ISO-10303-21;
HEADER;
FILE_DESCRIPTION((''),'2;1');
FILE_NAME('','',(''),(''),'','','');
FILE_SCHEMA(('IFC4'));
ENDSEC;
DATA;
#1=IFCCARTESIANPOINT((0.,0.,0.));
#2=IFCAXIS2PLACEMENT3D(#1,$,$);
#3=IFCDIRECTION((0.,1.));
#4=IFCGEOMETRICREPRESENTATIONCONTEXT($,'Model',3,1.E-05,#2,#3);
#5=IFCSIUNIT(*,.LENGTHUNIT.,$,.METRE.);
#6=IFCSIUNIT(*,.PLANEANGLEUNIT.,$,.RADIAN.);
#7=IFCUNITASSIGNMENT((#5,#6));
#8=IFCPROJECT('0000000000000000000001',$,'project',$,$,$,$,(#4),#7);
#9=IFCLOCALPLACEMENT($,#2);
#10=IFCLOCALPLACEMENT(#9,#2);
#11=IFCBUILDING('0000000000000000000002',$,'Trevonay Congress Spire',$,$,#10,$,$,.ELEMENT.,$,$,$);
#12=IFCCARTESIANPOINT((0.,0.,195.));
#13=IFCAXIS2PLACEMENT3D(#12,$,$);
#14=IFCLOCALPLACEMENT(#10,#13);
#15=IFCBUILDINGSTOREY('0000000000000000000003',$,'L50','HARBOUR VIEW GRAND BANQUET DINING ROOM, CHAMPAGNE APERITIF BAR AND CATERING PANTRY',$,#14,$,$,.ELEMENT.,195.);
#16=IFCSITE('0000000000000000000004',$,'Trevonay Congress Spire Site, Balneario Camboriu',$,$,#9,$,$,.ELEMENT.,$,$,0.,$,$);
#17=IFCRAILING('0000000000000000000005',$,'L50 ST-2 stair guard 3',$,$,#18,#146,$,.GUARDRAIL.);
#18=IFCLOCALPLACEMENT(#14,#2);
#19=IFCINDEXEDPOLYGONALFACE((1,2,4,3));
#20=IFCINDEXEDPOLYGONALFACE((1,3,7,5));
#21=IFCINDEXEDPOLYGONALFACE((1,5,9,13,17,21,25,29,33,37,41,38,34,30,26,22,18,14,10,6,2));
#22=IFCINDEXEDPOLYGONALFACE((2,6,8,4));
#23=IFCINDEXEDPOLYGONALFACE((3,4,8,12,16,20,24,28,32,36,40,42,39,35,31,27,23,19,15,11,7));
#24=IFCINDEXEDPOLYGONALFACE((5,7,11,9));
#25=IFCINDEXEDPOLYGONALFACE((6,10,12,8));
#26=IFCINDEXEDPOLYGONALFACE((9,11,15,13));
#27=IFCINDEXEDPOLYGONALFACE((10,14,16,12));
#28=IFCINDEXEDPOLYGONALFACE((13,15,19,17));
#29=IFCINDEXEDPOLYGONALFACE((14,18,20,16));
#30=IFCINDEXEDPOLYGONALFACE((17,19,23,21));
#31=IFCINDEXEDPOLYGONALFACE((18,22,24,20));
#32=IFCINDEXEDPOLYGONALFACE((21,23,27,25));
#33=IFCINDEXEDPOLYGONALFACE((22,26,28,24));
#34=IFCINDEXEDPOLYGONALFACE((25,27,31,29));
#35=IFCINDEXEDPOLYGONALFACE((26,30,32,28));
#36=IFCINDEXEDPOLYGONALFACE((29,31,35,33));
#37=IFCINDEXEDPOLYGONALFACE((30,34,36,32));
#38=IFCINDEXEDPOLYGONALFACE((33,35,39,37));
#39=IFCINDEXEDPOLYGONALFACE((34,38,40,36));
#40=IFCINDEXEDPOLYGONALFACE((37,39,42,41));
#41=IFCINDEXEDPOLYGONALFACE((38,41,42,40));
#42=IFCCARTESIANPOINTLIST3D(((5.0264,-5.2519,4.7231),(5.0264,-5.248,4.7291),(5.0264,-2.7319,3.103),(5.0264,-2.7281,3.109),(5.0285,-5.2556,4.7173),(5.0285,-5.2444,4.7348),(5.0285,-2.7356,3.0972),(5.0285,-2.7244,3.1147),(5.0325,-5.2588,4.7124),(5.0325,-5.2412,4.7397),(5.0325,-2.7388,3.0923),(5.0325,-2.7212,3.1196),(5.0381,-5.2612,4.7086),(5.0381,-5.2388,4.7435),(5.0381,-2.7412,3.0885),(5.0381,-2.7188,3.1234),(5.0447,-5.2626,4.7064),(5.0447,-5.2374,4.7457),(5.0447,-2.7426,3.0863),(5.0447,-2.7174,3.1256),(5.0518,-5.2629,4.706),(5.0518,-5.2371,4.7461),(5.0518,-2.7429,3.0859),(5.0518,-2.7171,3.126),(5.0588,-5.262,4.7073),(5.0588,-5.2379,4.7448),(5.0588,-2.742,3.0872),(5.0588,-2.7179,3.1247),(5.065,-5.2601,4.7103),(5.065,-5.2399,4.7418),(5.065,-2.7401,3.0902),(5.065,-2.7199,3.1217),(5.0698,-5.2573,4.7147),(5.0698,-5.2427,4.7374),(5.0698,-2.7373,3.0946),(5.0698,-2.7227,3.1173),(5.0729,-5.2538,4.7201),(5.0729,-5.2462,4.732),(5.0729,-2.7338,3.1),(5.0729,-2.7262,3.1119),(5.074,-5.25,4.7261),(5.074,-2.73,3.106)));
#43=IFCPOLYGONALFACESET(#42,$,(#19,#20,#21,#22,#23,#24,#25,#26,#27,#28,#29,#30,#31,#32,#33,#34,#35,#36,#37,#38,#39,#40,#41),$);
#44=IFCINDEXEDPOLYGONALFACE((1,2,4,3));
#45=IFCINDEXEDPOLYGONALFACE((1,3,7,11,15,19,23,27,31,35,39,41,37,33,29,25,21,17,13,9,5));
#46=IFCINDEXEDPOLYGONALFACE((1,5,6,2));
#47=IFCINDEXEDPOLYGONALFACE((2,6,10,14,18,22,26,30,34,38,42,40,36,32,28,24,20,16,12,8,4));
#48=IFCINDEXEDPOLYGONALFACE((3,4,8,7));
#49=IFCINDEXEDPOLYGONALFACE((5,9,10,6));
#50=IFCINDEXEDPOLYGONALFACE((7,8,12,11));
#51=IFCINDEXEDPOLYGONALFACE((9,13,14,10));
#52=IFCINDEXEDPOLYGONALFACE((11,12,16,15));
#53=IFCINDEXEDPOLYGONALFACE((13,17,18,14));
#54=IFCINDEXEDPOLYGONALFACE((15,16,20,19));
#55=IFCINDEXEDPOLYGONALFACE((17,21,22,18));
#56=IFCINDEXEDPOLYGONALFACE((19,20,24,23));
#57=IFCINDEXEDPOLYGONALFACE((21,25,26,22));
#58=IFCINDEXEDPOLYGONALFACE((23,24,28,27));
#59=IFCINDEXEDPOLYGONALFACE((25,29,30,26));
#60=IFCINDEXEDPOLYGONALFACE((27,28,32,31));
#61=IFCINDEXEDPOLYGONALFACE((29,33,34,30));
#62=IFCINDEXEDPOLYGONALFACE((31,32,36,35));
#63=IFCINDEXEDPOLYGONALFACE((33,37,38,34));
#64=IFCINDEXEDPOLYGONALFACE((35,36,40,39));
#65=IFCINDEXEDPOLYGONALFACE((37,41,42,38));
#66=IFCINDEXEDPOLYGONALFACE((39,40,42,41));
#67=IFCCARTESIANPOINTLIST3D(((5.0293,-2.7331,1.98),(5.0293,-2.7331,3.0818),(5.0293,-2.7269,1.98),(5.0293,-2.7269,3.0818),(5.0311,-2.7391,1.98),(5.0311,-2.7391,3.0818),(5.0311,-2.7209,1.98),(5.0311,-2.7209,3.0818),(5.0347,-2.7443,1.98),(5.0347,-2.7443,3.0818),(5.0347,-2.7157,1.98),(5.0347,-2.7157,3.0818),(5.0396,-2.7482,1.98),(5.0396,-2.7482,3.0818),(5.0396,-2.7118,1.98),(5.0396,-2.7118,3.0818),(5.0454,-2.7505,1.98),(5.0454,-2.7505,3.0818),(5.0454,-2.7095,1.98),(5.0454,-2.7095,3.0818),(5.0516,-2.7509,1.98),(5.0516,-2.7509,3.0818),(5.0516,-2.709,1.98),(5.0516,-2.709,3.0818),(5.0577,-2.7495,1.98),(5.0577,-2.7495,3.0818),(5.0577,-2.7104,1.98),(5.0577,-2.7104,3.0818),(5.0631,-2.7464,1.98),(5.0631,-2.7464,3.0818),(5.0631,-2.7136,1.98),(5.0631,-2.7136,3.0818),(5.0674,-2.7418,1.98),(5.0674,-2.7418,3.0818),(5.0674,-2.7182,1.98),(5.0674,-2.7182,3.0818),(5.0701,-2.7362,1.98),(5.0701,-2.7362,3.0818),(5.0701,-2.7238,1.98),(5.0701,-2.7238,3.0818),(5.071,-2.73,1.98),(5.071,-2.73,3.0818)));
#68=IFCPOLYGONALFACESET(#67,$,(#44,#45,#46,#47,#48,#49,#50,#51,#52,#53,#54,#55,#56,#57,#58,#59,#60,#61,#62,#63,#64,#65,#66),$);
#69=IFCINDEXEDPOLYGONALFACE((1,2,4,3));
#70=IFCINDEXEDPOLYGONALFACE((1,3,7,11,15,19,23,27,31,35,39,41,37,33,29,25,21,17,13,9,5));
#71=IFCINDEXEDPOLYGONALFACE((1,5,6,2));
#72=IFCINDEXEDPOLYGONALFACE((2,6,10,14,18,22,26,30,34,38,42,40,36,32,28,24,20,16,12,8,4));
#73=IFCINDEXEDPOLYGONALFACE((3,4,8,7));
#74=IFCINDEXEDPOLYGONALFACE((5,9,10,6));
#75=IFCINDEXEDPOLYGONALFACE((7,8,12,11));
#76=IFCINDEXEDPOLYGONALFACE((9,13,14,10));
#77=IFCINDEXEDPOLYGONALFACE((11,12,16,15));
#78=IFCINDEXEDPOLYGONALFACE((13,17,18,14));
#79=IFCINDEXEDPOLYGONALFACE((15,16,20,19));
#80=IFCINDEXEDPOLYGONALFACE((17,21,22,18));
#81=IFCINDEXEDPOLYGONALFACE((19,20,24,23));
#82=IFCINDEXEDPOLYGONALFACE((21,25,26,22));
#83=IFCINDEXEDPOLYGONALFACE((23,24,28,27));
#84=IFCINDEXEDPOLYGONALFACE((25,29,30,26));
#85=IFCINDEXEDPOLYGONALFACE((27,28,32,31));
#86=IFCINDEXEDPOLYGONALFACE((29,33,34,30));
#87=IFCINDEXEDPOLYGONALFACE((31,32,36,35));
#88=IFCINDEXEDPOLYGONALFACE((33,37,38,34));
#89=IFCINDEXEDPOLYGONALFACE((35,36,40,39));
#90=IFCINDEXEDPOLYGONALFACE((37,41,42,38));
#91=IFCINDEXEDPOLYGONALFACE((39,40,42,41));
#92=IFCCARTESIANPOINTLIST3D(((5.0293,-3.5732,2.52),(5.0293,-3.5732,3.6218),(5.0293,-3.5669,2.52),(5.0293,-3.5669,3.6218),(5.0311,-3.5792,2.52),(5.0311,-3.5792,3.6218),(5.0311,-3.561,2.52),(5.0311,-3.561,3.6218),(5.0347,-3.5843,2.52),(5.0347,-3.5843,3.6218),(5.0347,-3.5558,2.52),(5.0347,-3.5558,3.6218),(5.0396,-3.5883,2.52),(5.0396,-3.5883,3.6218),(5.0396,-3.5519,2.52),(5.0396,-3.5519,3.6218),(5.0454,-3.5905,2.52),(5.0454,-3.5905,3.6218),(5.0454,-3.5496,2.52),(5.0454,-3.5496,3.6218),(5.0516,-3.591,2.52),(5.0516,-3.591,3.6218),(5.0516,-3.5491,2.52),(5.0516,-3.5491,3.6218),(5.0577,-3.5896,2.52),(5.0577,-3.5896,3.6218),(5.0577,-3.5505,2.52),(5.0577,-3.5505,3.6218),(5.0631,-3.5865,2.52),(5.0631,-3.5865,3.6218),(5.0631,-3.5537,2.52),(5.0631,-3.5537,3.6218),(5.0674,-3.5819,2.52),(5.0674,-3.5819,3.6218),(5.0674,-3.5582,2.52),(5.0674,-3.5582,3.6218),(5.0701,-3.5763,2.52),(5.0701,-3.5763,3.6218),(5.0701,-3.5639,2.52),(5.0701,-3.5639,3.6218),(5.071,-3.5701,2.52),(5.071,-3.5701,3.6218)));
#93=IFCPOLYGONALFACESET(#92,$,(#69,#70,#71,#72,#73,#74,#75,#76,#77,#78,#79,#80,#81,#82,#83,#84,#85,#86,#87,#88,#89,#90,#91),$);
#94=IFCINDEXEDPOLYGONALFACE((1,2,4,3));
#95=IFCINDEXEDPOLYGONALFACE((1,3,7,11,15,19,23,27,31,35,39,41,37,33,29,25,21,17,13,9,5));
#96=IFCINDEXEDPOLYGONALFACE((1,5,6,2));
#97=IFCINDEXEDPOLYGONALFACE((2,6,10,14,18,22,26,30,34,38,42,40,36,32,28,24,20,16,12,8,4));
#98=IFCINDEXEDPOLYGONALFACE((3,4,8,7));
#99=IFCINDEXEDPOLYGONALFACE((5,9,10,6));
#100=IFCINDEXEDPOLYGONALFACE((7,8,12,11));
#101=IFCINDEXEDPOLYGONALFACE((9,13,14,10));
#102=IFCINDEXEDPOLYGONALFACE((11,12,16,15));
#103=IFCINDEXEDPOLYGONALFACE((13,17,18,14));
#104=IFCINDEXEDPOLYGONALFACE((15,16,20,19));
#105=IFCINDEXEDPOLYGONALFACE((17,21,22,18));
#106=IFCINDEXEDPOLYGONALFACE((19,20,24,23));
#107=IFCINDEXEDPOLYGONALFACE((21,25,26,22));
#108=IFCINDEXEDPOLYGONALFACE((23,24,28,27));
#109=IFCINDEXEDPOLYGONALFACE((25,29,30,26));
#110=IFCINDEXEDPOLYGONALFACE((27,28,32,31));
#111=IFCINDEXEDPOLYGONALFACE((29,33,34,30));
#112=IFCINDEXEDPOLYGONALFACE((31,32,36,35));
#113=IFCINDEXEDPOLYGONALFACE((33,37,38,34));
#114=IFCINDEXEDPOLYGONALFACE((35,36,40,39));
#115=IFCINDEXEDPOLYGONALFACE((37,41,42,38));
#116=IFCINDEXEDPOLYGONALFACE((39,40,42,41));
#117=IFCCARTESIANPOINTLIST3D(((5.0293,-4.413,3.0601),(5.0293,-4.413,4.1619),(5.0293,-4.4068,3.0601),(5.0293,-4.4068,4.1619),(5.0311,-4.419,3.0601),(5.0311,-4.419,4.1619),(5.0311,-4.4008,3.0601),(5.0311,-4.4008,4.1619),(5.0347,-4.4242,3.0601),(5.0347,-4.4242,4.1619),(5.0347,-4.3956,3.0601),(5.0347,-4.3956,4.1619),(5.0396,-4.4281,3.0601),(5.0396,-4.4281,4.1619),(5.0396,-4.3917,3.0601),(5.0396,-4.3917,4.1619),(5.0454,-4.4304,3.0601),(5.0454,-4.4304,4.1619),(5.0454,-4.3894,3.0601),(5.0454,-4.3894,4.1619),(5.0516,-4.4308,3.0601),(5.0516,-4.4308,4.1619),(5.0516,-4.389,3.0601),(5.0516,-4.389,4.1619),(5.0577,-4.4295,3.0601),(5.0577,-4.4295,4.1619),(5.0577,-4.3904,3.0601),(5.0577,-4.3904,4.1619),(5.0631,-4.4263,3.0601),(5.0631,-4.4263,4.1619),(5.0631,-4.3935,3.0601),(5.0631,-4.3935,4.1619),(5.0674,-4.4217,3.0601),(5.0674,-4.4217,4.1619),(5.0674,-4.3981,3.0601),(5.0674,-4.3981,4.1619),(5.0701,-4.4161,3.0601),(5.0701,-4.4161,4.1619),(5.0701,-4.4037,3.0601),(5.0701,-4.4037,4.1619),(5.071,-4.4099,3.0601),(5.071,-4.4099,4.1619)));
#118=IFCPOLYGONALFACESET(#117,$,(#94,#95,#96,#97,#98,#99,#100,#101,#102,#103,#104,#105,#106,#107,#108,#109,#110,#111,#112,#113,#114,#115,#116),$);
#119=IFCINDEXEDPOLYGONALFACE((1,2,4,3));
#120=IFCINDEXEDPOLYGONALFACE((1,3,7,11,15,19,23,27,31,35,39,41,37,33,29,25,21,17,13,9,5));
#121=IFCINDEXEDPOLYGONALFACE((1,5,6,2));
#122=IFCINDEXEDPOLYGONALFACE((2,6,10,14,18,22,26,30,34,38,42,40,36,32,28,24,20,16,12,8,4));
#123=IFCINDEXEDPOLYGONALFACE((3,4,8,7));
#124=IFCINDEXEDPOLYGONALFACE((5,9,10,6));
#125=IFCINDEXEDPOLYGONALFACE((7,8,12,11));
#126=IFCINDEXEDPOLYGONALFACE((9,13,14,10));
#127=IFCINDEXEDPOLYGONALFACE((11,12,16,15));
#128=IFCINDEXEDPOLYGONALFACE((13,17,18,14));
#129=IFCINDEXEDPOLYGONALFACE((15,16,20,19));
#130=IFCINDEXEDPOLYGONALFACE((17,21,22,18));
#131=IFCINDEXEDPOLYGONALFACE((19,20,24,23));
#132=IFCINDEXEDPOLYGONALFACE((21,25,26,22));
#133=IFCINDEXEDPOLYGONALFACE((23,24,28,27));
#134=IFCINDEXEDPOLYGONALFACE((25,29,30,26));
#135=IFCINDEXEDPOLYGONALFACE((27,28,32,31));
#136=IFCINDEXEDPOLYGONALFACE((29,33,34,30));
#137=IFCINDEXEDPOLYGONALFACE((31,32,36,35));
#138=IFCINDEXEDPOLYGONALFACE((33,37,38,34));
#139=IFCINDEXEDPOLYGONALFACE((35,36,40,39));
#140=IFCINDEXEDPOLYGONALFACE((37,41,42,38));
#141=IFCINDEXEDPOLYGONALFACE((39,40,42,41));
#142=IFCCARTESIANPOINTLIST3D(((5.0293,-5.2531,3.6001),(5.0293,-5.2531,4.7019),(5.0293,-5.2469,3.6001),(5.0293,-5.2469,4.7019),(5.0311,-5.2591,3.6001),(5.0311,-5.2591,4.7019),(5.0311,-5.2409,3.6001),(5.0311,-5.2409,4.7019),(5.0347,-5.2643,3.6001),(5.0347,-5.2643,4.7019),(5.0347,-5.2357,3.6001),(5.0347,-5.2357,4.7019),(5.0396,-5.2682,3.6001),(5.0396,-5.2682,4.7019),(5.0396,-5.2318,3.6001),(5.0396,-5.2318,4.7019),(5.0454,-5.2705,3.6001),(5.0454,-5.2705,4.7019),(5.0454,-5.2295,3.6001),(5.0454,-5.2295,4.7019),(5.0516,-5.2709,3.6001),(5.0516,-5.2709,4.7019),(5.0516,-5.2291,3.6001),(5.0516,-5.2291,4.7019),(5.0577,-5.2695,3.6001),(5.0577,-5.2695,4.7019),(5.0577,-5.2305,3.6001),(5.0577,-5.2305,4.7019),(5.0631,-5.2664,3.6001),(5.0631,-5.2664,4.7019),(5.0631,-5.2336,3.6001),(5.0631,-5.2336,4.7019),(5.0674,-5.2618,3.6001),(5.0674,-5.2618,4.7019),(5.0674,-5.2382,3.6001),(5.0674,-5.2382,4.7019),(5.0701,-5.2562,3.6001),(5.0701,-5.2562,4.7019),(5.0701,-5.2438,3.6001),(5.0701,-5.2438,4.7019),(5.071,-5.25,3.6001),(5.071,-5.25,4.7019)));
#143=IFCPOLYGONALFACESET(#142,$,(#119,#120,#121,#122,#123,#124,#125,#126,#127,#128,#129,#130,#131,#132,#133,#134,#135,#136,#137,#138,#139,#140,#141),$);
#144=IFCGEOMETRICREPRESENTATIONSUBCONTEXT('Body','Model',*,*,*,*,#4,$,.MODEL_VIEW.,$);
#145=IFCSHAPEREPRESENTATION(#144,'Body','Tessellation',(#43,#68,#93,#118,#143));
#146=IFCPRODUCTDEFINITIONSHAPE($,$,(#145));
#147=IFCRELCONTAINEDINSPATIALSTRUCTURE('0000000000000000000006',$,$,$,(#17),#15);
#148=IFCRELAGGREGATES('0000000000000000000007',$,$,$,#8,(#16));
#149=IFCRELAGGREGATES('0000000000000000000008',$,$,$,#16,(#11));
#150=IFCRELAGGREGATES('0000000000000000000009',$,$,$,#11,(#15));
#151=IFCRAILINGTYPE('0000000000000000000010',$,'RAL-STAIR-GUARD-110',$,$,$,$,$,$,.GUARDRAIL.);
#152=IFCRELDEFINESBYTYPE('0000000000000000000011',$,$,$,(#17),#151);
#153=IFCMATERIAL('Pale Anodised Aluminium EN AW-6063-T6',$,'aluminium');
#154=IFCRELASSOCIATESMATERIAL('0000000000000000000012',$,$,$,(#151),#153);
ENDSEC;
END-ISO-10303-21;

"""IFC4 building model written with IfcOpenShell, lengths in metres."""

from ifc_helpers import new_model, si_unit, direction, frame, origin, origin_2d, place, context, subcontext, project, spatial, circle, extrude, material, type_object, element, save


model = new_model("IFC4")

# Units and contexts
model_context = context("Model", 3, precision=1e-05, world=origin(), true_north=direction((0.0, 1.0)))
body_context = subcontext(model_context, "Body", "Model", "MODEL_VIEW")
ifc_project = project(units=[si_unit("LENGTHUNIT", "METRE"), si_unit("PLANEANGLEUNIT", "RADIAN")], contexts=[model_context])

# Site, building, storey
site_placement = place(None, origin())
site = spatial("IfcSite", under=ifc_project, at=site_placement, Name="Trevonay Congress Spire Site, Balneario Camboriu", CompositionType="ELEMENT", RefElevation=0.0)
building_placement = place(site_placement, origin())
building = spatial("IfcBuilding", under=site, at=building_placement, Name="Trevonay Congress Spire", CompositionType="ELEMENT")
storey_placement = place(building_placement, frame((0.0, 0.0, 195.0)))
storey = spatial("IfcBuildingStorey", under=building, at=storey_placement, Name="L50", Description="HARBOUR VIEW GRAND BANQUET DINING ROOM, CHAMPAGNE APERITIF BAR AND CATERING PANTRY", CompositionType="ELEMENT", Elevation=195.0)

# Shared definitions
ifc_material_1 = material(Name="Pale Anodised Aluminium EN AW-6063-T6", Category="aluminium")

# Railing
railing_type_1 = type_object("IfcRailingType", Name="RAL-STAIR-GUARD-110", PredefinedType="GUARDRAIL", material=ifc_material_1)
railing_1_placement = place(storey_placement, frame((5.05, -2.73, 1.98)))
element("IfcRailing", 1, at=railing_1_placement, inside=storey, type_object=railing_type_1, Name="L50 ST-2 stair guard 3", PredefinedType="GUARDRAIL", context=body_context, shape_type="SweptSolid", body=[
    extrude(circle(Radius=0.0239, at=origin_2d()), frame((0.0, 0.0, 1.126), z_axis=(0.0, -0.841163, 0.540782), x_axis=(1.0, 0.0, 0.0)), (0.0, 0.0, 1.0), 2.9958),
    extrude(circle(Radius=0.021, at=origin_2d()), origin(), (0.0, 0.0, 1.0), 1.1018),
    extrude(circle(Radius=0.021, at=origin_2d()), frame((0.0, -0.8401, 0.54)), (0.0, 0.0, 1.0), 1.1018),
    extrude(circle(Radius=0.021, at=origin_2d()), frame((0.0, -1.6799, 1.0801)), (0.0, 0.0, 1.0), 1.1018),
    extrude(circle(Radius=0.021, at=origin_2d()), frame((0.0, -2.52, 1.6201)), (0.0, 0.0, 1.0), 1.1018),
])

save(model, "model.ifc")
